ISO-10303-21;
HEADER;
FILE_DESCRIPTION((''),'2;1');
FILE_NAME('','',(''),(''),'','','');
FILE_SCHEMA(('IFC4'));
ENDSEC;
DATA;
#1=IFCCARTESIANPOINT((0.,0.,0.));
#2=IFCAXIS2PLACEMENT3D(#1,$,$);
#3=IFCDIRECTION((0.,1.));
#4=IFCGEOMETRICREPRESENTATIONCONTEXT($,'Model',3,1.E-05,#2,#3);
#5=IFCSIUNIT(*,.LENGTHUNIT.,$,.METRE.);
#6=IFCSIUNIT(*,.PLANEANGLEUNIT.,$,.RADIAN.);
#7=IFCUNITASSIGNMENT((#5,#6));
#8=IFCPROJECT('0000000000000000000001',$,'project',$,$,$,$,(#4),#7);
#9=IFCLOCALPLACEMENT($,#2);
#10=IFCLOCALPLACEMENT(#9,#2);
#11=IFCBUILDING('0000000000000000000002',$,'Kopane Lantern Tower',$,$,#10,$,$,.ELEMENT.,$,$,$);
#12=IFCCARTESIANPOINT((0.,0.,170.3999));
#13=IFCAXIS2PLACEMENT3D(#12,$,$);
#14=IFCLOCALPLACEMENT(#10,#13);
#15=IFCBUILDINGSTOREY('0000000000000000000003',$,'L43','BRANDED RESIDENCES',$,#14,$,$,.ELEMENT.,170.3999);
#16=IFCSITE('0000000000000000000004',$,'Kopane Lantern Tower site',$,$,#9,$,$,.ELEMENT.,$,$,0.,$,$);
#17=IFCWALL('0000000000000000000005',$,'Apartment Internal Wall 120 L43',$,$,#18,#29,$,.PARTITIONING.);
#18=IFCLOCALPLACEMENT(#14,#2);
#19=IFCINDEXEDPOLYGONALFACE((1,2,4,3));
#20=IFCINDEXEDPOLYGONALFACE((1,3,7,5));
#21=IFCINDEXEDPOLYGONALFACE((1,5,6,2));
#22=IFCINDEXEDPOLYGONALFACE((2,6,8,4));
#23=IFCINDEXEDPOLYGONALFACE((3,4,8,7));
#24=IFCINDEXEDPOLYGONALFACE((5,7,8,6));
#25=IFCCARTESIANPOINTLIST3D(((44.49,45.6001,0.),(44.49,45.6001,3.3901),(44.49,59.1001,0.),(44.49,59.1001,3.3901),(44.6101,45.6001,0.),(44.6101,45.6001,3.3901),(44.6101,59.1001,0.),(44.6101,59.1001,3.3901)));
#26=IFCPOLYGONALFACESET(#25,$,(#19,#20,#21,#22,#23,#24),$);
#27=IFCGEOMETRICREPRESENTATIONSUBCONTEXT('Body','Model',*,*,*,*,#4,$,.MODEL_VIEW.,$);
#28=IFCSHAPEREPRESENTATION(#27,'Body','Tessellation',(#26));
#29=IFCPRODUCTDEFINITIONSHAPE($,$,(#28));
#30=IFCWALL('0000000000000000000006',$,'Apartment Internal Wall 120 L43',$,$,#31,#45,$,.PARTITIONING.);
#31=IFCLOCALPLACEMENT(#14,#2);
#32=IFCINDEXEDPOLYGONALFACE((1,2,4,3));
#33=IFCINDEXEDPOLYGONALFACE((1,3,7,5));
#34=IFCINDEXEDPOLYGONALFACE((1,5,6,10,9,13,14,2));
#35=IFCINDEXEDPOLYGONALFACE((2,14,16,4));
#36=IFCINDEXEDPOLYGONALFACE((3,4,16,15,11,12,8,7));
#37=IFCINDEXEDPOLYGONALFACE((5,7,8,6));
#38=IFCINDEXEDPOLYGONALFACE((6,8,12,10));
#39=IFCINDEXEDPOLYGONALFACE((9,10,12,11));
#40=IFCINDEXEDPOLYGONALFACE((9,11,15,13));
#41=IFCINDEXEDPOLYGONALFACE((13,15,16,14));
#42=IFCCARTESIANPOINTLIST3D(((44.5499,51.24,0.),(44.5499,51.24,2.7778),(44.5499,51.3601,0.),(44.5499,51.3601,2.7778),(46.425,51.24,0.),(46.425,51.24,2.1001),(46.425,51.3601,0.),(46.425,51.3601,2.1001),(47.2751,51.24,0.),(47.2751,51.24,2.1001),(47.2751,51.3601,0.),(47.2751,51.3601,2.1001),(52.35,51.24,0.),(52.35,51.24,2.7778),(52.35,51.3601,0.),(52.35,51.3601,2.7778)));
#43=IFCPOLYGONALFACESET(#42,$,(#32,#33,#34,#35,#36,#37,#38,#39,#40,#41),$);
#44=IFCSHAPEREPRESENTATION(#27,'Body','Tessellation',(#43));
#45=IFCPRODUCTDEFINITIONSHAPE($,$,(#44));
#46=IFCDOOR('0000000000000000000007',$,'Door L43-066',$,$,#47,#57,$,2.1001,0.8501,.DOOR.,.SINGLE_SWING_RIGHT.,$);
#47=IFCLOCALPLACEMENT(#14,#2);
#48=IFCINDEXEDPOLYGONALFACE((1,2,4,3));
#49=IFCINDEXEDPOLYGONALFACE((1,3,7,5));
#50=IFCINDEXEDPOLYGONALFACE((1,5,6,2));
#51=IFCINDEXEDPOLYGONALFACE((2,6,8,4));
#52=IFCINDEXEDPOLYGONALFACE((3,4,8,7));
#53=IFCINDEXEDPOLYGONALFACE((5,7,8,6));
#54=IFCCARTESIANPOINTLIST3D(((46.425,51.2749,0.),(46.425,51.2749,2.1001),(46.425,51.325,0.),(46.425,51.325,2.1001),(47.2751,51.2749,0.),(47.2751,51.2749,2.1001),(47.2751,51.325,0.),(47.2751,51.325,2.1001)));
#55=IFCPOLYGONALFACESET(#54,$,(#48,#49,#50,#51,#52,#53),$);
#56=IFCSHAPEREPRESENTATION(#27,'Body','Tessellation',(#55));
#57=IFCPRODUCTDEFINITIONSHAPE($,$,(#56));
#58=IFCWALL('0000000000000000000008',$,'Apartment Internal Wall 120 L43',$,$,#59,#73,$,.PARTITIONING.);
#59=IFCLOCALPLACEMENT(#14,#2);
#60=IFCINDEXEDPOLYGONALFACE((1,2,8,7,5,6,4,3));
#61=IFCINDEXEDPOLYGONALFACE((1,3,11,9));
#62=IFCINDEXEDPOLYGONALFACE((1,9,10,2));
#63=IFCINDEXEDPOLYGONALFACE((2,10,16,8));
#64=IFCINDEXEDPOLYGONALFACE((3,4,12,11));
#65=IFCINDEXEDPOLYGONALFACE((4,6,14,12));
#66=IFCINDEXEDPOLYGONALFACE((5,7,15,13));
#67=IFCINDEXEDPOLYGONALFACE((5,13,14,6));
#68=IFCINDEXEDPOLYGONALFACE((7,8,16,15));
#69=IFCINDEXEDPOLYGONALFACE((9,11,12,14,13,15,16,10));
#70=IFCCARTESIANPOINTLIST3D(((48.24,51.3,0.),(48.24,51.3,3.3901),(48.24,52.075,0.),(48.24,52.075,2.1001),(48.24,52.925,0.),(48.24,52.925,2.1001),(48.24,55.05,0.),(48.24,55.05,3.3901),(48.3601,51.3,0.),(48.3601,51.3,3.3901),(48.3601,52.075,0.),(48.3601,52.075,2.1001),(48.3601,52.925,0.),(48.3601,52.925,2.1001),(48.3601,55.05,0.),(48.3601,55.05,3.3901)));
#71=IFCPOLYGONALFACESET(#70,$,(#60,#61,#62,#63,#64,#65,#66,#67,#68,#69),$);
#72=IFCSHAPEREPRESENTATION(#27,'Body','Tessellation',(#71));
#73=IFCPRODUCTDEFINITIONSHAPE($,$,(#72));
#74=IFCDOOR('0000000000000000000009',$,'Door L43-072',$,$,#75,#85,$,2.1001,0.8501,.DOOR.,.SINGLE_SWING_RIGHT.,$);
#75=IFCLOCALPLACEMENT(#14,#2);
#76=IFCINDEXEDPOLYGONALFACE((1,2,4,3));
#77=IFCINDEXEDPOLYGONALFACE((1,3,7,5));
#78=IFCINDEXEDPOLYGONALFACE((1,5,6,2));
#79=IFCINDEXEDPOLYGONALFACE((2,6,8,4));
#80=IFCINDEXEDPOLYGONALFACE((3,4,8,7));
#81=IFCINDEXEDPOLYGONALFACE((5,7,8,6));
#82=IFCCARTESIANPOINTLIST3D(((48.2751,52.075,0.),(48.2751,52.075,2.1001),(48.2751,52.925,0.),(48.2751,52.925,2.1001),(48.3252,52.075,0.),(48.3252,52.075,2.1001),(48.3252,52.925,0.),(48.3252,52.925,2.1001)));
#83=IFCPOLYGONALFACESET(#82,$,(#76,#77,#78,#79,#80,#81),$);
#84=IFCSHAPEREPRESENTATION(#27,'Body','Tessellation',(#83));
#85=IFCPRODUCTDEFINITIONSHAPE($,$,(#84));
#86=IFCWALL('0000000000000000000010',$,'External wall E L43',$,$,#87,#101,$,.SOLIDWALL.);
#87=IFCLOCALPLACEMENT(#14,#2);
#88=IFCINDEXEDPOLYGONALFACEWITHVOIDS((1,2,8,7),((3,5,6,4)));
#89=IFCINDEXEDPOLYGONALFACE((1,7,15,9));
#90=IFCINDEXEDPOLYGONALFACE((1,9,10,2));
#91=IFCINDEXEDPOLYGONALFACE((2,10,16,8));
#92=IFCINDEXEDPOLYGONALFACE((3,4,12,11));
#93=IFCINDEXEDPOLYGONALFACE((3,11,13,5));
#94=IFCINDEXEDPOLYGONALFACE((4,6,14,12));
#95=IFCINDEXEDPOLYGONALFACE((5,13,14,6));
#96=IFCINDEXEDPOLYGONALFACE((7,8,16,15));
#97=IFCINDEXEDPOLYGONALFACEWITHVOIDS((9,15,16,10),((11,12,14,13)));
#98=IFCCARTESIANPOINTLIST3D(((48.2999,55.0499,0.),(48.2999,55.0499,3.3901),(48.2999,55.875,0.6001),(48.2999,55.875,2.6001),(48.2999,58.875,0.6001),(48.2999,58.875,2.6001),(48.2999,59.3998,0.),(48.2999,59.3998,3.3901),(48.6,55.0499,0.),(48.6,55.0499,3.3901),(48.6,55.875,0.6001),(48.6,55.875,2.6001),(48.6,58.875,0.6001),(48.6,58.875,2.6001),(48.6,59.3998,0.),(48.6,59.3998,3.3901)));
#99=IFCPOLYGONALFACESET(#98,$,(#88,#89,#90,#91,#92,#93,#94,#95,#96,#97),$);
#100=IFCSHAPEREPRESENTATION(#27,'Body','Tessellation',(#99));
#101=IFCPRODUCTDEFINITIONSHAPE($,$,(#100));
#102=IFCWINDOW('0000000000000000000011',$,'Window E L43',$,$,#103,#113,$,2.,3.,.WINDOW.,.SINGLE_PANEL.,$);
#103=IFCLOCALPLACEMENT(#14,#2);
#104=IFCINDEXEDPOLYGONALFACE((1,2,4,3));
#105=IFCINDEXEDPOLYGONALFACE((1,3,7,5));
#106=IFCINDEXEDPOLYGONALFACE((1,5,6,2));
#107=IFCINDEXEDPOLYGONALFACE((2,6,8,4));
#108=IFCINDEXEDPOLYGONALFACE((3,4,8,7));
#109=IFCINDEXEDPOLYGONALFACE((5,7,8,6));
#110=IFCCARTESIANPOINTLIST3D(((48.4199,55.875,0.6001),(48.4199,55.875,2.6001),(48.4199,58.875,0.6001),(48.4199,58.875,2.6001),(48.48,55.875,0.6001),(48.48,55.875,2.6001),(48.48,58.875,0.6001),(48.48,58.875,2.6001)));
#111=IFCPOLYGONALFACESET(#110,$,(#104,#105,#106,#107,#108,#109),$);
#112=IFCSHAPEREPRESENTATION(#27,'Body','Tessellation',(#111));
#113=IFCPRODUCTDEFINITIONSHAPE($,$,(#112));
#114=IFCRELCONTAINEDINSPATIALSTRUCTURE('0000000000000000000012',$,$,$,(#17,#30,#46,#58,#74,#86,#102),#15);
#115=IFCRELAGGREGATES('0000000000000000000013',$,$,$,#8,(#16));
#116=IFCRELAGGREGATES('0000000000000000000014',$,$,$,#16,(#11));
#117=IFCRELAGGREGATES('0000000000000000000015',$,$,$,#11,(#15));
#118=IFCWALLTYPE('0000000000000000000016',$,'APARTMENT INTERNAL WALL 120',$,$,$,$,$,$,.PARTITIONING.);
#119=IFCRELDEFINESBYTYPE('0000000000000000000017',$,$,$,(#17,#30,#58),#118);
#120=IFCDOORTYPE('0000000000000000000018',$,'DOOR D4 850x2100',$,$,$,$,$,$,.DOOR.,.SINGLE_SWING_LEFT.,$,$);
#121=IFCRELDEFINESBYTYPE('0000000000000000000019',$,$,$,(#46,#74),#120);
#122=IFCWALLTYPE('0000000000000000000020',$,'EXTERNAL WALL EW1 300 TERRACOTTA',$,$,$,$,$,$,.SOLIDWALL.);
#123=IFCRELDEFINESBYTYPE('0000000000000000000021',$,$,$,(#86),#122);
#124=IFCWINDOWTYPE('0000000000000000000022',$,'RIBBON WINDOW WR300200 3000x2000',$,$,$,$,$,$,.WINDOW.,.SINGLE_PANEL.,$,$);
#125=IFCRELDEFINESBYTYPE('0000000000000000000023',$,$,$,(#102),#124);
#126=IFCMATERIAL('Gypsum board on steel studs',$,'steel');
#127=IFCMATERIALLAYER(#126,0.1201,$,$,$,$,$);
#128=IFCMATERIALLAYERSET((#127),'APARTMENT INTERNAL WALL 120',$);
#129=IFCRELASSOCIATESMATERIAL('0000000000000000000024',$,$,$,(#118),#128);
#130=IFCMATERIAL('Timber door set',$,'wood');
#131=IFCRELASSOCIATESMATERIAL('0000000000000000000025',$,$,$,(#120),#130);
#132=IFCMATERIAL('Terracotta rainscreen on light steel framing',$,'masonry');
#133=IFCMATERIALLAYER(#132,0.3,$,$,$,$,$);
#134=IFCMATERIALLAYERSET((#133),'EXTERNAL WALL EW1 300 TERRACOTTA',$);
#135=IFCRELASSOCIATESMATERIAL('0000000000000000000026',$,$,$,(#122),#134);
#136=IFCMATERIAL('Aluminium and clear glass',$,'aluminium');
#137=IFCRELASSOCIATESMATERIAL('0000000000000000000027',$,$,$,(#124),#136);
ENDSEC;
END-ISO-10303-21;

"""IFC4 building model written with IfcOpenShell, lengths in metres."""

from ifc_helpers import new_model, si_unit, direction, frame, frame_2d, origin, place, context, subcontext, project, spatial, rectangle, extrude, material, layer, layer_set, type_object, element, fill, save


model = new_model("IFC4")

# Units and contexts
model_context = context("Model", 3, precision=1e-05, world=origin(), true_north=direction((0.0, 1.0)))
body_context = subcontext(model_context, "Body", "Model", "MODEL_VIEW")
ifc_project = project(units=[si_unit("LENGTHUNIT", "METRE"), si_unit("PLANEANGLEUNIT", "RADIAN")], contexts=[model_context])

# Site, building, storey
site_placement = place(None, origin())
site = spatial("IfcSite", under=ifc_project, at=site_placement, Name="Kopane Lantern Tower site", CompositionType="ELEMENT", RefElevation=0.0)
building_placement = place(site_placement, origin())
building = spatial("IfcBuilding", under=site, at=building_placement, Name="Kopane Lantern Tower", CompositionType="ELEMENT")
storey_placement = place(building_placement, frame((0.0, 0.0, 170.3999)))
storey = spatial("IfcBuildingStorey", under=building, at=storey_placement, Name="L43", Description="BRANDED RESIDENCES", CompositionType="ELEMENT", Elevation=170.3999)

# Wall
ifc_material_1 = material(Name="Gypsum board on steel studs", Category="steel")
ifc_layer_1 = layer(ifc_material_1, 0.1201)
ifc_layer_set_1 = layer_set([ifc_layer_1], Name="APARTMENT INTERNAL WALL 120")
wall_type_1 = type_object("IfcWallType", Name="APARTMENT INTERNAL WALL 120", PredefinedType="PARTITIONING", material=ifc_layer_set_1)
wall_1_placement = place(storey_placement, frame((44.55, 45.6001, 0.0), z_axis=(0.0, 0.0, 1.0), x_axis=(0.0, 1.0, 0.0)))
element("IfcWall", 1, at=wall_1_placement, inside=storey, type_object=wall_type_1, Name="Apartment Internal Wall 120 L43", PredefinedType="PARTITIONING", context=body_context, shape_type="SweptSolid", body=[
    extrude(rectangle(XDim=13.5, YDim=0.1201, at=frame_2d((6.75, 0.0))), origin(), (0.0, 0.0, 1.0), 3.3901),
])

# Walls, openings, doors
wall_2_placement = place(storey_placement, frame((44.55, 51.3, 0.0), z_axis=(0.0, 0.0, 1.0), x_axis=(1.0, 0.0, 0.0)))
wall_2 = element("IfcWall", 2, at=wall_2_placement, inside=storey, type_object=wall_type_1, Name="Apartment Internal Wall 120 L43", PredefinedType="PARTITIONING", context=body_context, shape_type="SweptSolid", body=[
    extrude(rectangle(XDim=7.8, YDim=0.1201, at=frame_2d((3.8999, 0.0))), origin(), (0.0, 0.0, 1.0), 2.7778),
])
opening_1_placement = place(wall_2_placement, frame((1.875, 0.0, 0.0)))
opening_1 = element("IfcOpeningElement", 3, at=opening_1_placement, cuts=wall_2, PredefinedType="OPENING", context=body_context, shape_type="SweptSolid", body=[
    extrude(rectangle(XDim=0.8501, YDim=2.1001, at=frame_2d((0.425, 1.05))), frame((0.0, 0.0701, 0.0), z_axis=(0.0, -1.0, 0.0), x_axis=(1.0, 0.0, 0.0)), (0.0, 0.0, 1.0), 0.1401),
])
ifc_material_2 = material(Name="Timber door set", Category="wood")
door_type = type_object("IfcDoorType", Name="DOOR D4 850x2100", OperationType="SINGLE_SWING_LEFT", PredefinedType="DOOR", material=ifc_material_2)
door_1_placement = place(opening_1_placement, origin())
door_1 = element("IfcDoor", 4, at=door_1_placement, inside=storey, type_object=door_type, Name="Door L43-066", OperationType="SINGLE_SWING_RIGHT", OverallHeight=2.1001, OverallWidth=0.8501, PredefinedType="DOOR", context=body_context, shape_type="SweptSolid", body=[
    extrude(rectangle(XDim=0.8501, YDim=2.1001, at=frame_2d((0.425, 1.05))), frame((0.0, 0.0249, 0.0), z_axis=(0.0, -1.0, 0.0), x_axis=(1.0, 0.0, 0.0)), (0.0, 0.0, 1.0), 0.05),
])
fill(opening_1, door_1)
wall_3_placement = place(storey_placement, frame((48.3, 51.3, 0.0), z_axis=(0.0, 0.0, 1.0), x_axis=(0.0, 1.0, 0.0)))
wall_3 = element("IfcWall", 5, at=wall_3_placement, inside=storey, type_object=wall_type_1, Name="Apartment Internal Wall 120 L43", PredefinedType="PARTITIONING", context=body_context, shape_type="SweptSolid", body=[
    extrude(rectangle(XDim=3.75, YDim=0.1201, at=frame_2d((1.875, 0.0))), origin(), (0.0, 0.0, 1.0), 3.3901),
])
opening_2_placement = place(wall_3_placement, frame((0.7749, 0.0, 0.0)))
opening_2 = element("IfcOpeningElement", 6, at=opening_2_placement, cuts=wall_3, PredefinedType="OPENING", context=body_context, shape_type="SweptSolid", body=[
    extrude(rectangle(XDim=0.8501, YDim=2.1001, at=frame_2d((0.425, 1.05))), frame((0.0, 0.0701, 0.0), z_axis=(0.0, -1.0, 0.0), x_axis=(1.0, 0.0, 0.0)), (0.0, 0.0, 1.0), 0.1401),
])
door_2_placement = place(opening_2_placement, origin())
door_2 = element("IfcDoor", 7, at=door_2_placement, inside=storey, type_object=door_type, Name="Door L43-072", OperationType="SINGLE_SWING_RIGHT", OverallHeight=2.1001, OverallWidth=0.8501, PredefinedType="DOOR", context=body_context, shape_type="SweptSolid", body=[
    extrude(rectangle(XDim=0.8501, YDim=2.1001, at=frame_2d((0.425, 1.05))), frame((0.0, 0.0249, 0.0), z_axis=(0.0, -1.0, 0.0), x_axis=(1.0, 0.0, 0.0)), (0.0, 0.0, 1.0), 0.05),
])
fill(opening_2, door_2)

# Wall, opening, window
ifc_material_3 = material(Name="Terracotta rainscreen on light steel framing", Category="masonry")
ifc_layer_2 = layer(ifc_material_3, 0.3)
ifc_layer_set_2 = layer_set([ifc_layer_2], Name="EXTERNAL WALL EW1 300 TERRACOTTA")
wall_type_2 = type_object("IfcWallType", Name="EXTERNAL WALL EW1 300 TERRACOTTA", PredefinedType="SOLIDWALL", material=ifc_layer_set_2)
wall_4_placement = place(storey_placement, frame((48.45, 55.05, 0.0), z_axis=(0.0, 0.0, 1.0), x_axis=(0.0, 1.0, 0.0)))
wall_4 = element("IfcWall", 8, at=wall_4_placement, inside=storey, type_object=wall_type_2, Name="External wall E L43", PredefinedType="SOLIDWALL", context=body_context, shape_type="SweptSolid", body=[
    extrude(rectangle(XDim=4.3499, YDim=0.3, at=frame_2d((2.1748, 0.0))), origin(), (0.0, 0.0, 1.0), 3.3901),
])
opening_3_placement = place(wall_4_placement, frame((0.825, 0.0, 0.6001)))
opening_3 = element("IfcOpeningElement", 9, at=opening_3_placement, cuts=wall_4, PredefinedType="OPENING", context=body_context, shape_type="SweptSolid", body=[
    extrude(rectangle(XDim=3.0, YDim=2.0, at=frame_2d((1.5, 1.0))), frame((0.0, 0.1599, 0.0), z_axis=(0.0, -1.0, 0.0), x_axis=(1.0, 0.0, 0.0)), (0.0, 0.0, 1.0), 0.3201),
])
ifc_material_4 = material(Name="Aluminium and clear glass", Category="aluminium")
window_type_1 = type_object("IfcWindowType", Name="RIBBON WINDOW WR300200 3000x2000", PartitioningType="SINGLE_PANEL", PredefinedType="WINDOW", material=ifc_material_4)
window_1_placement = place(opening_3_placement, origin())
window_1 = element("IfcWindow", 10, at=window_1_placement, inside=storey, type_object=window_type_1, Name="Window E L43", OverallHeight=2.0, OverallWidth=3.0, PartitioningType="SINGLE_PANEL", PredefinedType="WINDOW", context=body_context, shape_type="SweptSolid", body=[
    extrude(rectangle(XDim=3.0, YDim=2.0, at=frame_2d((1.5, 1.0))), frame((0.0, 0.03, 0.0), z_axis=(0.0, -1.0, 0.0), x_axis=(1.0, 0.0, 0.0)), (0.0, 0.0, 1.0), 0.0601),
])
fill(opening_3, window_1)

save(model, "model.ifc")
